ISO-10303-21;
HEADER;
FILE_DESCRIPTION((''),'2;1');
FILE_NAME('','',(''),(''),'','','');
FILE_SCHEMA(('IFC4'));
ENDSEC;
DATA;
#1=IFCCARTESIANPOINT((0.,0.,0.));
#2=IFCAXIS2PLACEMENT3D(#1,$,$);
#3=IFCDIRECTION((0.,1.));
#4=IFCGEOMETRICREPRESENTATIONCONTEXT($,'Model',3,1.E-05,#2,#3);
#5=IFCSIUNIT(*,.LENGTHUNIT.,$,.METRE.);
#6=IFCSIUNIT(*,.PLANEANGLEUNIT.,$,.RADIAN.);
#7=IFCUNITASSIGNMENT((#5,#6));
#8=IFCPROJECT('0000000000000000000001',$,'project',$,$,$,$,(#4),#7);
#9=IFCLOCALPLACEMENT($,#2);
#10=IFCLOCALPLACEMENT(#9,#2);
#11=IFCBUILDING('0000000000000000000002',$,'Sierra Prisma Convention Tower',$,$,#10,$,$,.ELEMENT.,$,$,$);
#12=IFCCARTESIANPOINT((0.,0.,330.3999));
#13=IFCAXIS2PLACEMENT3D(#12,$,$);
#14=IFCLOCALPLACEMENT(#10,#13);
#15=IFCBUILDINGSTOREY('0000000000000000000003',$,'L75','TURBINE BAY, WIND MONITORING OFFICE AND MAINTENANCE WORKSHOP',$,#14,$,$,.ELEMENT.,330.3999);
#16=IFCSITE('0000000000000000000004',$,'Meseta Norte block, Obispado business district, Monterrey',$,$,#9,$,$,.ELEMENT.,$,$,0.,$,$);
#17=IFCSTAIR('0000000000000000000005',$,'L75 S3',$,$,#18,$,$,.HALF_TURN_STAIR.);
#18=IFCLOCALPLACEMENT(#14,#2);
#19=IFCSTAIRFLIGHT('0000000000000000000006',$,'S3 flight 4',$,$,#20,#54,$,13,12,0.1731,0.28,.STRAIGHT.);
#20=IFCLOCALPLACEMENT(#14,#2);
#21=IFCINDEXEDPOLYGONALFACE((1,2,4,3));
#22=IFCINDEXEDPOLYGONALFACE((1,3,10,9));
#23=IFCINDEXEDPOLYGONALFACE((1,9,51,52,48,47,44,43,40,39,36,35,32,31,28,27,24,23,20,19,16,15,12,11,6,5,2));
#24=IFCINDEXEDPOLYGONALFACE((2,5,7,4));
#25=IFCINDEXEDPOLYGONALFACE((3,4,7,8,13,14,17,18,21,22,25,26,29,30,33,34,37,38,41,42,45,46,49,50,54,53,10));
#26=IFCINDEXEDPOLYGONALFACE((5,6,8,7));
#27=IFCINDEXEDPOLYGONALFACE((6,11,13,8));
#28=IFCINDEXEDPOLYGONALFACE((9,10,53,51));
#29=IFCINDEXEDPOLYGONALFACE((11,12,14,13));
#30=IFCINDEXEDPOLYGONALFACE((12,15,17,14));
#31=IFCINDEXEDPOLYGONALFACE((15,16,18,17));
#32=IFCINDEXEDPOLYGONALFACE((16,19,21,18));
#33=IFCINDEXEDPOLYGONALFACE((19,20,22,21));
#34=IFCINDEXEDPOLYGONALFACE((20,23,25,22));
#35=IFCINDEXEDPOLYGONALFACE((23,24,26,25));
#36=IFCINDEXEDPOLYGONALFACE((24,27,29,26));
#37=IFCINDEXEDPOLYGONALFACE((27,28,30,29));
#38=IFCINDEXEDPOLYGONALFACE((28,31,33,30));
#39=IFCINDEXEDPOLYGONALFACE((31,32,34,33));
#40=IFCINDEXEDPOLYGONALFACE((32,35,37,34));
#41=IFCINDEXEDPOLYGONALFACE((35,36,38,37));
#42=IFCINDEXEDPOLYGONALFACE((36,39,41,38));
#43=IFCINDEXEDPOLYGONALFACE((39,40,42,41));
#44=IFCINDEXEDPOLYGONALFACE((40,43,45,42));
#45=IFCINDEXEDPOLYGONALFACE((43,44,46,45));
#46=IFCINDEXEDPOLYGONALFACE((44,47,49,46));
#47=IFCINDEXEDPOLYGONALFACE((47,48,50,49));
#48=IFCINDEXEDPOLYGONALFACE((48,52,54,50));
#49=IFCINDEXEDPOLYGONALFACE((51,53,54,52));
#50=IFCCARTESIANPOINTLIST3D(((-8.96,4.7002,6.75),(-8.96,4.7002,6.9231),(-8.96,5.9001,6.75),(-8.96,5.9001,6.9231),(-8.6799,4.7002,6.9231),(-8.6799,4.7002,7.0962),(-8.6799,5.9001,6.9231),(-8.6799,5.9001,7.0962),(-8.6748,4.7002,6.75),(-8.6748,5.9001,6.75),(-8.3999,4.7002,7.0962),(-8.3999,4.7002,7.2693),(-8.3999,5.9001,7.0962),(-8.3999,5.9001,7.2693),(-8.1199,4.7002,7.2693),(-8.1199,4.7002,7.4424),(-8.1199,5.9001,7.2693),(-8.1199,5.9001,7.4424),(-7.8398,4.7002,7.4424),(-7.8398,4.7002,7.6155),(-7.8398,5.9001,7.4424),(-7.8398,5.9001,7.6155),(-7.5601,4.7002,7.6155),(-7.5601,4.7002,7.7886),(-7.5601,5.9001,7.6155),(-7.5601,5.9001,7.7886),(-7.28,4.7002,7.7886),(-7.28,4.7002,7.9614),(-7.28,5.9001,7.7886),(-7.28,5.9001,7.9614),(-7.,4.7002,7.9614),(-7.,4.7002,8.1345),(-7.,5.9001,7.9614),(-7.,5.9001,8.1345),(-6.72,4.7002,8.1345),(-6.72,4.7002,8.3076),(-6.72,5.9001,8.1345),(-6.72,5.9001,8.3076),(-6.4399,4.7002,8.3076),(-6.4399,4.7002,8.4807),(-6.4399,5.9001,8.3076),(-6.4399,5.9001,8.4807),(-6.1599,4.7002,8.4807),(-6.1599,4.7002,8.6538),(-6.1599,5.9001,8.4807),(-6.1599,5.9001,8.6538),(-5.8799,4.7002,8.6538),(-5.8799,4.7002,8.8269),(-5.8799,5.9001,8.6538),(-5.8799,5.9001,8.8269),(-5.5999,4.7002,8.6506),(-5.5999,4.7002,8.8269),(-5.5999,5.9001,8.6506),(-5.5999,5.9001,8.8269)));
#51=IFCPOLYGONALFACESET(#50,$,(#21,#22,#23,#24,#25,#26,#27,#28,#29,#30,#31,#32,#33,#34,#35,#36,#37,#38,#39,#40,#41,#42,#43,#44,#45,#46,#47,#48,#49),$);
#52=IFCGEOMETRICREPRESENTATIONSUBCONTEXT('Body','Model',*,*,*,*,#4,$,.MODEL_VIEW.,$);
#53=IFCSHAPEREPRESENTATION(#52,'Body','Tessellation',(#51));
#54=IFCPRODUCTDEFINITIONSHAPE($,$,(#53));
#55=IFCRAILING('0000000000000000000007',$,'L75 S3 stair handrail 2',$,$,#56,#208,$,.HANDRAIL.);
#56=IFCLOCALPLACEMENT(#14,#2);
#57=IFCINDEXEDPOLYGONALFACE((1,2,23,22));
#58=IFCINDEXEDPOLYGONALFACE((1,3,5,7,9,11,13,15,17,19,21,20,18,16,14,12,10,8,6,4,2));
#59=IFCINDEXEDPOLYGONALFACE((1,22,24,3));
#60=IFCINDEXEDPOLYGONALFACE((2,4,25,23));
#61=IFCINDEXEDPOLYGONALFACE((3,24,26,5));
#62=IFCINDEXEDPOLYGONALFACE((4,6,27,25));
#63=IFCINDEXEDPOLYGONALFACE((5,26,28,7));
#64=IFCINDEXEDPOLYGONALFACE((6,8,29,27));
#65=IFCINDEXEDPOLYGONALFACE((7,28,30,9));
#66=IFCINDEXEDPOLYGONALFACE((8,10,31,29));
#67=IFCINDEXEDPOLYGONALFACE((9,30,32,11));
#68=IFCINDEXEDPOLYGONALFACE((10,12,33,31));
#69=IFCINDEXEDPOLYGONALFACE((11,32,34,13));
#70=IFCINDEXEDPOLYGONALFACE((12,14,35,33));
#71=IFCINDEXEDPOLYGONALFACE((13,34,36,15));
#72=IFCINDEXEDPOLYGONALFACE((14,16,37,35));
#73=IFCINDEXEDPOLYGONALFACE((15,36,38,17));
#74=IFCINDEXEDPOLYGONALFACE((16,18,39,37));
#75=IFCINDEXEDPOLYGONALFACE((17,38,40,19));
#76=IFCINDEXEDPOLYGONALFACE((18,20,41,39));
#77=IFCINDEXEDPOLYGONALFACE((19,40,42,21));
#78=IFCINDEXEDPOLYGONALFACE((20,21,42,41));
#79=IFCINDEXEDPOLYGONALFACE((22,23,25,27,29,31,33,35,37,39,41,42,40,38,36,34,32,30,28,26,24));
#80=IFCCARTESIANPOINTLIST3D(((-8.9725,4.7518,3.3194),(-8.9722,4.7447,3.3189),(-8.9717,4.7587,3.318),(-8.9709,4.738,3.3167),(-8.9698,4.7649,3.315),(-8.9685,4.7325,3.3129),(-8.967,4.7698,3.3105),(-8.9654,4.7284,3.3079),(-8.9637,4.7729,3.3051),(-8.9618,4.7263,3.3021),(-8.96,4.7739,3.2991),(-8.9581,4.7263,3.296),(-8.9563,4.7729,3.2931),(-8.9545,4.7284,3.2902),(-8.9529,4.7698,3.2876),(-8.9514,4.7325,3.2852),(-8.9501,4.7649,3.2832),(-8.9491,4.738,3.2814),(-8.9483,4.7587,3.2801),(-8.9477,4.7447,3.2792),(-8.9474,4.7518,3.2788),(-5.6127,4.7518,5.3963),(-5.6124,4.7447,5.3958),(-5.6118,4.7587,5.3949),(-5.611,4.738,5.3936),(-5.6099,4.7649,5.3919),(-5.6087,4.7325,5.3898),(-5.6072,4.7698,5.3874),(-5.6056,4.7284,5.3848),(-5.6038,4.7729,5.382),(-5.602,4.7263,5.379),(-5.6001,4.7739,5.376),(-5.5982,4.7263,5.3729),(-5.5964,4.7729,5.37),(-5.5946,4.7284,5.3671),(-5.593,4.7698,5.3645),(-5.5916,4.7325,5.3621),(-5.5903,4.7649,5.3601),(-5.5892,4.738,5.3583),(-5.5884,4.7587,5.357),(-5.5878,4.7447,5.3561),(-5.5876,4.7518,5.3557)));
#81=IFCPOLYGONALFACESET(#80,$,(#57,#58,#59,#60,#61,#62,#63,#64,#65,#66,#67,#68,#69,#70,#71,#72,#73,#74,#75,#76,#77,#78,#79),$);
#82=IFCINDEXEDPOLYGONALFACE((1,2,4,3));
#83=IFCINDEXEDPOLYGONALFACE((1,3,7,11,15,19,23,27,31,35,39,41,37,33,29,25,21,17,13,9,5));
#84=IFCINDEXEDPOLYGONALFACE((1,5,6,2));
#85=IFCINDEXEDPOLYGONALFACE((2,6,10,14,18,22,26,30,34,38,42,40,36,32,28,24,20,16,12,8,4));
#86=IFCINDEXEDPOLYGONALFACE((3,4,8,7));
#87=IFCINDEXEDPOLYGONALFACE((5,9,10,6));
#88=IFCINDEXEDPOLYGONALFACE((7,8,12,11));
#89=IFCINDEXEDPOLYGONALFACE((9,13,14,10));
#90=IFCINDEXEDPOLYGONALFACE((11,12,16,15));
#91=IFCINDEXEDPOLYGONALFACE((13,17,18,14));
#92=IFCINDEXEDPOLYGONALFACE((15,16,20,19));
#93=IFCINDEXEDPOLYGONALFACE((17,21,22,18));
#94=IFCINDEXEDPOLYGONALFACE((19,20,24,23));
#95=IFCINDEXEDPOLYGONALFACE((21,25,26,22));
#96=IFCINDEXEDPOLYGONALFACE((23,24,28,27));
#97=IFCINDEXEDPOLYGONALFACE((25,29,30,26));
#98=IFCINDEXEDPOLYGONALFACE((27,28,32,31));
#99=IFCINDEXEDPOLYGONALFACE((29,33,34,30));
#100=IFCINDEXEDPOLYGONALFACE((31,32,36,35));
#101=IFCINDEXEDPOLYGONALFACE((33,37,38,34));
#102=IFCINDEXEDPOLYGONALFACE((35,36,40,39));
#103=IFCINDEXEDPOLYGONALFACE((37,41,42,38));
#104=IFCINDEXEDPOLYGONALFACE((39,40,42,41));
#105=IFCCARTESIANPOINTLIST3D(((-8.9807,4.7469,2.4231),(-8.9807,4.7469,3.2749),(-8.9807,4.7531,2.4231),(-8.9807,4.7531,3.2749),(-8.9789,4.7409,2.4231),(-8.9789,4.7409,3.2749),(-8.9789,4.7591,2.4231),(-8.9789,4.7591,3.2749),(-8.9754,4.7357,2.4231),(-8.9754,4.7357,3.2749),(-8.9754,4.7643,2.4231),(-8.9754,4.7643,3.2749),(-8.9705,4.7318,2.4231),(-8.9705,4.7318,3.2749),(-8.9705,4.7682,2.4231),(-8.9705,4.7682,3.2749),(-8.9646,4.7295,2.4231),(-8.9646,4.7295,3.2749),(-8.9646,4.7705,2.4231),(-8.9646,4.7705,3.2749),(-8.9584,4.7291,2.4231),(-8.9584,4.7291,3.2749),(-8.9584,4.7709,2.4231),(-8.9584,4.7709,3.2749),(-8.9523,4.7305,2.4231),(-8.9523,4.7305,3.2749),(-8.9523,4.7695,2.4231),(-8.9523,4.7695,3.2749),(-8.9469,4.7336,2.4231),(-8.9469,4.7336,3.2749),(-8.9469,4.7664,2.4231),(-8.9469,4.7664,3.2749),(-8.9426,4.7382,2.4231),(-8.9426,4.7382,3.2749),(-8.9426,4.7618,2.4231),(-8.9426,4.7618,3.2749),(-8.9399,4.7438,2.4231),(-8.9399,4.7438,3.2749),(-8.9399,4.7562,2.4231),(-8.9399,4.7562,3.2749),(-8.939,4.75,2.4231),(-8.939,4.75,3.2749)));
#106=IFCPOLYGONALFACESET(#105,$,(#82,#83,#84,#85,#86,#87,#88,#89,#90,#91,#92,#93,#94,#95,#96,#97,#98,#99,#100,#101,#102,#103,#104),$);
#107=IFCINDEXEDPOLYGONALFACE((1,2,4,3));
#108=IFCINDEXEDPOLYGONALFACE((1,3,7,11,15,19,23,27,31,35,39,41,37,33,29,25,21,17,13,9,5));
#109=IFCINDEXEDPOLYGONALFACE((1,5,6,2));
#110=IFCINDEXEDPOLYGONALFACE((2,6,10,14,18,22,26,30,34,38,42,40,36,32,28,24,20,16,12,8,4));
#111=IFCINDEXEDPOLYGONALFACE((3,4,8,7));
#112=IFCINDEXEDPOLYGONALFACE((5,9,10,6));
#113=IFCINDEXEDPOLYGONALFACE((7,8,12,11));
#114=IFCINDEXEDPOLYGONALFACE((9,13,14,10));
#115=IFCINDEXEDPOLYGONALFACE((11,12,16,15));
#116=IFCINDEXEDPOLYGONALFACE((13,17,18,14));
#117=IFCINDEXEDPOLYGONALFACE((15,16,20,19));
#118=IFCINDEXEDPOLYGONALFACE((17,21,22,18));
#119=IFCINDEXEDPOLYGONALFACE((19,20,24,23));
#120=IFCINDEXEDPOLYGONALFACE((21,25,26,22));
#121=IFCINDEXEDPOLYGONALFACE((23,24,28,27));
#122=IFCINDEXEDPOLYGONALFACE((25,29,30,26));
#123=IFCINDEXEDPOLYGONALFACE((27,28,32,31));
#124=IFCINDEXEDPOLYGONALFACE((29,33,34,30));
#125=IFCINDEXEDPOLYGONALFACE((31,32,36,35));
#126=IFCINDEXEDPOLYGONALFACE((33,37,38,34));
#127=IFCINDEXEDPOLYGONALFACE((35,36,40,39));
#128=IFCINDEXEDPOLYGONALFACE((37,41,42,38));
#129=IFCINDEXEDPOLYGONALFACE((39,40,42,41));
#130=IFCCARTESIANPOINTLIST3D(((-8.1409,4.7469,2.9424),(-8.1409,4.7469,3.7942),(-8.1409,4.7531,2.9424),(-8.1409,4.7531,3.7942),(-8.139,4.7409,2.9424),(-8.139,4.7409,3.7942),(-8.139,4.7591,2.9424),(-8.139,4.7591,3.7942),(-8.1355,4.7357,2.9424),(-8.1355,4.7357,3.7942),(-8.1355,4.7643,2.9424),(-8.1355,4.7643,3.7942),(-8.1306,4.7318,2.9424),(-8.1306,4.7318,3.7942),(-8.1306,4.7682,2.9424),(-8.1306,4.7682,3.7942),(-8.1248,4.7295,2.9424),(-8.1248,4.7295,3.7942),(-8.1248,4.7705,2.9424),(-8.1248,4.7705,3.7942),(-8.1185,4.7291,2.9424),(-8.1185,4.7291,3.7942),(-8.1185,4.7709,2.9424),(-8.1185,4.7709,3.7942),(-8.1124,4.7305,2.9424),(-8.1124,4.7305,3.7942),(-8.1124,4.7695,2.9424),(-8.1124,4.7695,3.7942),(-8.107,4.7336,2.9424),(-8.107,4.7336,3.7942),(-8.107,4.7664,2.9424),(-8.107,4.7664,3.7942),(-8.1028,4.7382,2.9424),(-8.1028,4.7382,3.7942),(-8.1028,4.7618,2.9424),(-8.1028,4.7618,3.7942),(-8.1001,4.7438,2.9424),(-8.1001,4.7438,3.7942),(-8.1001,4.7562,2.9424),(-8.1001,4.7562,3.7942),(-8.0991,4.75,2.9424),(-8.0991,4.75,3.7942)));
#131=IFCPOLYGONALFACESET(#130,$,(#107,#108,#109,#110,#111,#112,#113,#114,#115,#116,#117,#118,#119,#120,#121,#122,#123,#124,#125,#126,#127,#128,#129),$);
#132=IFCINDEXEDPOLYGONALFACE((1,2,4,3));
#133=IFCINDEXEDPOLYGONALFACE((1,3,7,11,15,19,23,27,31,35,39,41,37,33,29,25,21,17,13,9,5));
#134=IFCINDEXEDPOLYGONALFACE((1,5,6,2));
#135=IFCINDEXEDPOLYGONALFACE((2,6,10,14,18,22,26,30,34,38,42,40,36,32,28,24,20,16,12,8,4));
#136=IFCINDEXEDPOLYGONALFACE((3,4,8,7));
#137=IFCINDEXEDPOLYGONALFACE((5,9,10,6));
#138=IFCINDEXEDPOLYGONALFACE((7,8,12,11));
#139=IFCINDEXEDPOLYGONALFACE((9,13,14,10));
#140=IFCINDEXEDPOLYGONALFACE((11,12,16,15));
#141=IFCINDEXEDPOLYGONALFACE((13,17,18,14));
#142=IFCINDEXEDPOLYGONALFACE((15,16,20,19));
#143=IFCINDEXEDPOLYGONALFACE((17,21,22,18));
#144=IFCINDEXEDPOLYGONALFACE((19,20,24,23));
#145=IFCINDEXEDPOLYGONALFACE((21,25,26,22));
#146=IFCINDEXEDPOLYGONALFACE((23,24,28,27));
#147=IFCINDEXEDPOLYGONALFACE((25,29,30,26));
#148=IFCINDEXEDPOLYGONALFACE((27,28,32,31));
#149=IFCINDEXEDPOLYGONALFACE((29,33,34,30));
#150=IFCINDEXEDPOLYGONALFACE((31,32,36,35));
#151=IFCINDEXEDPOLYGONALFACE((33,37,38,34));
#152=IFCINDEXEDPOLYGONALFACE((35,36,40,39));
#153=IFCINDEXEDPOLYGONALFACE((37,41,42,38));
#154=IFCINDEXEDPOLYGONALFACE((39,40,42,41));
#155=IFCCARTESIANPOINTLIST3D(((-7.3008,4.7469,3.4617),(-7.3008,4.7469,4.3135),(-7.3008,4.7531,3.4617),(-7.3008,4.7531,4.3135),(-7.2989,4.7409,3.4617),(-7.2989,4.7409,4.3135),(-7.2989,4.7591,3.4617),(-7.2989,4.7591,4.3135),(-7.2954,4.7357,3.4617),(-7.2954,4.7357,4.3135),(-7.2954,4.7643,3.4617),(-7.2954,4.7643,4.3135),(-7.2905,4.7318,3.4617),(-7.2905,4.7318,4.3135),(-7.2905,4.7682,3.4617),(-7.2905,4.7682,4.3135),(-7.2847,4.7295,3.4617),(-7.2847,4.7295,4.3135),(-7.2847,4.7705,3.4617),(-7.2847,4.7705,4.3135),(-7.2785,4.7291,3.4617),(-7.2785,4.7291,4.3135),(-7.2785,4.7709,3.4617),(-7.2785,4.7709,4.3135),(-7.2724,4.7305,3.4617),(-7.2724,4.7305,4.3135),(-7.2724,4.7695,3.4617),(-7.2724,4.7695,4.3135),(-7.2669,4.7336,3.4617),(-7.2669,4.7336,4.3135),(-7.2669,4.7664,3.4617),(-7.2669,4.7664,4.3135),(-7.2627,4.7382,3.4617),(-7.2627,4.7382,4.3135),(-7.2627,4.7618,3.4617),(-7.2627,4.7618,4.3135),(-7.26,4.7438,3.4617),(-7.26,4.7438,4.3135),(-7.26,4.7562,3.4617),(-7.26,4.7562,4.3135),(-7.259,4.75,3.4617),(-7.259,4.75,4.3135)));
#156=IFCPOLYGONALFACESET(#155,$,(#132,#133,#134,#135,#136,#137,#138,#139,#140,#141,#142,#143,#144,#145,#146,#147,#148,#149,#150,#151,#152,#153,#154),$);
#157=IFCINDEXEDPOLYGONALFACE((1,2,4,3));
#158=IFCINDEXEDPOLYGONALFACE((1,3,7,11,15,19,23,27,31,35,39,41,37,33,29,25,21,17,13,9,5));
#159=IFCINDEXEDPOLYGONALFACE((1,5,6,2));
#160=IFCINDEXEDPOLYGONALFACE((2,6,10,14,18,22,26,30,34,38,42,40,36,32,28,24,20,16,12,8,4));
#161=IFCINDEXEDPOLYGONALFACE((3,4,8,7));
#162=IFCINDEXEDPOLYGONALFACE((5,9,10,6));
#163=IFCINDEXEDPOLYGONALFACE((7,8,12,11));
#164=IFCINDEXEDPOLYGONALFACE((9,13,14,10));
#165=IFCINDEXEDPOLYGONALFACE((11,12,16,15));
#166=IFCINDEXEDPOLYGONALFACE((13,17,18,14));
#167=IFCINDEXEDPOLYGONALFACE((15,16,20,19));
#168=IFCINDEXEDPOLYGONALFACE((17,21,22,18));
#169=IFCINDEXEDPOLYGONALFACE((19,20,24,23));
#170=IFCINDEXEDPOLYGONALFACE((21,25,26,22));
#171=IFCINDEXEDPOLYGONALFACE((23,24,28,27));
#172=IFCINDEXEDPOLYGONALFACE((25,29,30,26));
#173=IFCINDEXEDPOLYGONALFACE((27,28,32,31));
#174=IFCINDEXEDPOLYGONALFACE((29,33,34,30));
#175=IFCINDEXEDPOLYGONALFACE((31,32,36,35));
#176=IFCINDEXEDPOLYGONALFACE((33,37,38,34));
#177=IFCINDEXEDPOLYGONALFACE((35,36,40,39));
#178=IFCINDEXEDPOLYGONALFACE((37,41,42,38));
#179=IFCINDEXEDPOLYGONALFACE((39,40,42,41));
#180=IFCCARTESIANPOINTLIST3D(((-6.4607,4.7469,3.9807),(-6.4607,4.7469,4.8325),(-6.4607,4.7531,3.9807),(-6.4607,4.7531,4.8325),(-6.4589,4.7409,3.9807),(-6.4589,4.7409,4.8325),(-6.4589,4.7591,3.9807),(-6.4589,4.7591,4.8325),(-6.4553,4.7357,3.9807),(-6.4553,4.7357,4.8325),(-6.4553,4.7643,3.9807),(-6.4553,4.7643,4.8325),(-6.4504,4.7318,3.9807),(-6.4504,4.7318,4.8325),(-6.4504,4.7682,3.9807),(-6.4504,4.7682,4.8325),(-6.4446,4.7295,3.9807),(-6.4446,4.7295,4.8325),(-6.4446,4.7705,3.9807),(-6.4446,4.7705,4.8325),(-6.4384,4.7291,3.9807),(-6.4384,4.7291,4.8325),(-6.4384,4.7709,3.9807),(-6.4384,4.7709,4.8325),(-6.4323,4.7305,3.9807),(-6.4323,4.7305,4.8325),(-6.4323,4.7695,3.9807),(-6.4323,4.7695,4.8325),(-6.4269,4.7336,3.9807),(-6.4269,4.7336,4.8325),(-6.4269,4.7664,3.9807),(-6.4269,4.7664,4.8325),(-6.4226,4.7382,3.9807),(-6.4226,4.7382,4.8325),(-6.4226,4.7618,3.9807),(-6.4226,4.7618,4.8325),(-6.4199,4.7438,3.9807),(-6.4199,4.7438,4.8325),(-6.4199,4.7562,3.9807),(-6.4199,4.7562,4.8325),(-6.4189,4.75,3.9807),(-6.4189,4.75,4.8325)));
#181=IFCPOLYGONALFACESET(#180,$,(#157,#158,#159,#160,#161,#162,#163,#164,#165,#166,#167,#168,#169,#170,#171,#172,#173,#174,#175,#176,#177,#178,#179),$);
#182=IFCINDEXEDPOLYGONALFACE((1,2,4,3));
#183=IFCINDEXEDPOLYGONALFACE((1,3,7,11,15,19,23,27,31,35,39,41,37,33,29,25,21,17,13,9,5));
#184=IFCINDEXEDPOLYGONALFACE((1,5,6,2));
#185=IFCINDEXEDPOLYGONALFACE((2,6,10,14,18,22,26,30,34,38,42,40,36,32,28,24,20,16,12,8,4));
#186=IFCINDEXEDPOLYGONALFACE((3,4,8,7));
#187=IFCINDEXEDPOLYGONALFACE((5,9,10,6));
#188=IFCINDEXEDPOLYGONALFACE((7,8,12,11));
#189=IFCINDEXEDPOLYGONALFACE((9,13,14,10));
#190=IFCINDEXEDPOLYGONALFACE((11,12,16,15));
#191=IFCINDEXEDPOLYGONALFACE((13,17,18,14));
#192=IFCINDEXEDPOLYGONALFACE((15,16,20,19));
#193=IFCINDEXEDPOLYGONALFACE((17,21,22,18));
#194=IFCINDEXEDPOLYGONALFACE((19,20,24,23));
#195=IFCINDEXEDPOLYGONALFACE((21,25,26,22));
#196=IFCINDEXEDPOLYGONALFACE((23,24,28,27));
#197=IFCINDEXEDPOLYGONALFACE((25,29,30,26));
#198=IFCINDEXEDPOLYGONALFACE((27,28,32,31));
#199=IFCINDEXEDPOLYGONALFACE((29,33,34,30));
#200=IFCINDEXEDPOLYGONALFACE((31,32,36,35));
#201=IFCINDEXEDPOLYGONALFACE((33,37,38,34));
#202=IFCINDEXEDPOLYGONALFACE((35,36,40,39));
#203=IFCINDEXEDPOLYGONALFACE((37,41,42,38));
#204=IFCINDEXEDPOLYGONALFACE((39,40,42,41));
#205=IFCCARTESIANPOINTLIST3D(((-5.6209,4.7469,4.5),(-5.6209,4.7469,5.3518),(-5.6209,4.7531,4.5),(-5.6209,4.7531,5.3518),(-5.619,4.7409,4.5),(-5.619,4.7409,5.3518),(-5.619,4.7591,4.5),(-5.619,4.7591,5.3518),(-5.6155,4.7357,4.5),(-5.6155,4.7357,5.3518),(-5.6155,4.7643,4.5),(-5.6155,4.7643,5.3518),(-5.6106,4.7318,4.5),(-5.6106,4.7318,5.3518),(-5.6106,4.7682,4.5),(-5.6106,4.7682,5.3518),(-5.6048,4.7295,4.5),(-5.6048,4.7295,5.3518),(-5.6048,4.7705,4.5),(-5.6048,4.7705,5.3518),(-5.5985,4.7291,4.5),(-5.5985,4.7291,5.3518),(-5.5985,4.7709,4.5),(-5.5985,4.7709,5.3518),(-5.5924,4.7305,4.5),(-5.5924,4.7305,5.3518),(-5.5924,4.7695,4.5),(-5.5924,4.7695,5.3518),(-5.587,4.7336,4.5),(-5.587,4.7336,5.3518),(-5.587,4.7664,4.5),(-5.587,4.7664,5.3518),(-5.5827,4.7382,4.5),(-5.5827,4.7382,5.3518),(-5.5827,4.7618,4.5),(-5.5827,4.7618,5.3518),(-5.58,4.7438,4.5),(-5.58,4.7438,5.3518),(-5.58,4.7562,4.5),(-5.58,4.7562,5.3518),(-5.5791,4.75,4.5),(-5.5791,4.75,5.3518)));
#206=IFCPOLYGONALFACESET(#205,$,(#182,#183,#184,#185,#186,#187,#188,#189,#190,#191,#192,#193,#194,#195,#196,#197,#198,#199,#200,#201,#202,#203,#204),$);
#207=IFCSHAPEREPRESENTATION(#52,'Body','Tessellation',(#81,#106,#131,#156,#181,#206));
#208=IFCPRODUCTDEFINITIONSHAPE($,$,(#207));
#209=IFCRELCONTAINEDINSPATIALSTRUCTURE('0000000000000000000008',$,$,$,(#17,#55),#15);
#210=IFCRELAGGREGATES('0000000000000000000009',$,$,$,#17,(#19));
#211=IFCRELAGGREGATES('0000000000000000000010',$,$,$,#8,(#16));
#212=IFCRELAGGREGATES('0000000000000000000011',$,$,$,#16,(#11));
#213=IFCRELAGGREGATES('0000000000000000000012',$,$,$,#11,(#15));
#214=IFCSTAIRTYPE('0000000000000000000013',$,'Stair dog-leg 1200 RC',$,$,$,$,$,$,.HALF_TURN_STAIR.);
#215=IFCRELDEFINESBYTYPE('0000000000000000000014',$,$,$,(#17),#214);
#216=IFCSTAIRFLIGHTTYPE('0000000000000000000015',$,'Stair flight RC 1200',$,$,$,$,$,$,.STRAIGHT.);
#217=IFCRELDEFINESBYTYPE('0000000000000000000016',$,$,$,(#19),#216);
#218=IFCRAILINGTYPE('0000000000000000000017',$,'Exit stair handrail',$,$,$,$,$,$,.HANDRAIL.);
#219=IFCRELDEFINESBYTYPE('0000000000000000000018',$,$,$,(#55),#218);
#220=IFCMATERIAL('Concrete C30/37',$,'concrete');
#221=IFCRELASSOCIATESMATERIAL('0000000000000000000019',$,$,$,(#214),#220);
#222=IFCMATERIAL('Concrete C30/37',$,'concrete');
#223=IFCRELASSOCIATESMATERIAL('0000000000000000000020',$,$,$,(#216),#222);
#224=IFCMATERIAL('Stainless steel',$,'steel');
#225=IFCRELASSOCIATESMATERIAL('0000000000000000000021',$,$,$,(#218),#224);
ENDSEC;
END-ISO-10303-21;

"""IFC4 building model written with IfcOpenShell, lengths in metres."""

from ifc_helpers import new_model, si_unit, direction, frame, origin, origin_2d, place, context, subcontext, project, spatial, polyline, circle, outline, extrude, material, type_object, element, aggregate, save


model = new_model("IFC4")

# Units and contexts
model_context = context("Model", 3, precision=1e-05, world=origin(), true_north=direction((0.0, 1.0)))
body_context = subcontext(model_context, "Body", "Model", "MODEL_VIEW")
ifc_project = project(units=[si_unit("LENGTHUNIT", "METRE"), si_unit("PLANEANGLEUNIT", "RADIAN")], contexts=[model_context])

# Site, building, storey
site_placement = place(None, origin())
site = spatial("IfcSite", under=ifc_project, at=site_placement, Name="Meseta Norte block, Obispado business district, Monterrey", CompositionType="ELEMENT", RefElevation=0.0)
building_placement = place(site_placement, origin())
building = spatial("IfcBuilding", under=site, at=building_placement, Name="Sierra Prisma Convention Tower", CompositionType="ELEMENT")
storey_placement = place(building_placement, frame((0.0, 0.0, 330.3999)))
storey = spatial("IfcBuildingStorey", under=building, at=storey_placement, Name="L75", Description="TURBINE BAY, WIND MONITORING OFFICE AND MAINTENANCE WORKSHOP", CompositionType="ELEMENT", Elevation=330.3999)

# Stair, stair flight
ifc_material_1 = material(Name="Concrete C30/37", Category="concrete")
stair_type = type_object("IfcStairType", Name="Stair dog-leg 1200 RC", PredefinedType="HALF_TURN_STAIR", material=ifc_material_1)
stair_placement = place(storey_placement, origin())
stair = element("IfcStair", 1, at=stair_placement, inside=storey, type_object=stair_type, Name="L75 S3", PredefinedType="HALF_TURN_STAIR")
ifc_material_2 = material(Name="Concrete C30/37", Category="concrete")
stair_flight_type = type_object("IfcStairFlightType", Name="Stair flight RC 1200", PredefinedType="STRAIGHT", material=ifc_material_2)
stair_flight_1_placement = place(storey_placement, frame((-8.96, 5.3, 6.75), z_axis=(0.0, 0.0, 1.0), x_axis=(1.0, 0.0, 0.0)))
stair_flight_1 = element("IfcStairFlight", 2, at=stair_flight_1_placement, type_object=stair_flight_type, Name="S3 flight 4", NumberOfRisers=13, NumberOfTreads=12, PredefinedType="STRAIGHT", RiserHeight=0.1731, TreadLength=0.28, context=body_context, shape_type="SweptSolid", body=[
    extrude(outline(polyline([(0.0, 0.0), (0.0, 0.1731), (0.28, 0.1731), (0.28, 0.3462), (0.5601, 0.3462), (0.5601, 0.5193), (0.8401, 0.5193), (0.8401, 0.6924), (1.1201, 0.6924), (1.1201, 0.8655), (1.3999, 0.8655), (1.3999, 1.0386), (1.6799, 1.0386), (1.6799, 1.2114), (1.96, 1.2114), (1.96, 1.3845), (2.24, 1.3845), (2.24, 1.5576), (2.52, 1.5576), (2.52, 1.7307), (2.8, 1.7307), (2.8, 1.9038), (3.0801, 1.9038), (3.0801, 2.0769), (3.3601, 2.0769), (3.3601, 2.25), (3.3601, 1.9006), (0.2852, 0.0), (0.0, 0.0)])), frame((0.0, 0.6001, 0.0), z_axis=(0.0, -1.0, 0.0), x_axis=(1.0, 0.0, 0.0)), (0.0, 0.0, 1.0), 1.2),
])
aggregate(stair, [stair_flight_1])

# Railing
ifc_material_3 = material(Name="Stainless steel", Category="steel")
railing_type_1 = type_object("IfcRailingType", Name="Exit stair handrail", PredefinedType="HANDRAIL", material=ifc_material_3)
for number, where, name in (
    (3, (-8.96, 4.75, 2.4231), "L75 S3 stair handrail 2"),
):
    element("IfcRailing", number, at=place(storey_placement, frame(where)), inside=storey, type_object=railing_type_1, Name=name, PredefinedType="HANDRAIL", context=body_context, shape_type="SweptSolid", body=[
        extrude(circle(Radius=0.0239, at=origin_2d()), frame((0.0, 0.0, 0.876), z_axis=(0.850606, 0.0, 0.525803), x_axis=(0.0, 1.0, 0.0)), (0.0, 0.0, 1.0), 3.95),
        extrude(circle(Radius=0.021, at=origin_2d()), origin(), (0.0, 0.0, 1.0), 0.8518),
        extrude(circle(Radius=0.021, at=origin_2d()), frame((0.8398, 0.0, 0.5193)), (0.0, 0.0, 1.0), 0.8518),
        extrude(circle(Radius=0.021, at=origin_2d()), frame((1.6799, 0.0, 1.0386)), (0.0, 0.0, 1.0), 0.8518),
        extrude(circle(Radius=0.021, at=origin_2d()), frame((2.52, 0.0, 1.5576)), (0.0, 0.0, 1.0), 0.8518),
        extrude(circle(Radius=0.021, at=origin_2d()), frame((3.3599, 0.0, 2.0769)), (0.0, 0.0, 1.0), 0.8518),
    ])

save(model, "model.ifc")
